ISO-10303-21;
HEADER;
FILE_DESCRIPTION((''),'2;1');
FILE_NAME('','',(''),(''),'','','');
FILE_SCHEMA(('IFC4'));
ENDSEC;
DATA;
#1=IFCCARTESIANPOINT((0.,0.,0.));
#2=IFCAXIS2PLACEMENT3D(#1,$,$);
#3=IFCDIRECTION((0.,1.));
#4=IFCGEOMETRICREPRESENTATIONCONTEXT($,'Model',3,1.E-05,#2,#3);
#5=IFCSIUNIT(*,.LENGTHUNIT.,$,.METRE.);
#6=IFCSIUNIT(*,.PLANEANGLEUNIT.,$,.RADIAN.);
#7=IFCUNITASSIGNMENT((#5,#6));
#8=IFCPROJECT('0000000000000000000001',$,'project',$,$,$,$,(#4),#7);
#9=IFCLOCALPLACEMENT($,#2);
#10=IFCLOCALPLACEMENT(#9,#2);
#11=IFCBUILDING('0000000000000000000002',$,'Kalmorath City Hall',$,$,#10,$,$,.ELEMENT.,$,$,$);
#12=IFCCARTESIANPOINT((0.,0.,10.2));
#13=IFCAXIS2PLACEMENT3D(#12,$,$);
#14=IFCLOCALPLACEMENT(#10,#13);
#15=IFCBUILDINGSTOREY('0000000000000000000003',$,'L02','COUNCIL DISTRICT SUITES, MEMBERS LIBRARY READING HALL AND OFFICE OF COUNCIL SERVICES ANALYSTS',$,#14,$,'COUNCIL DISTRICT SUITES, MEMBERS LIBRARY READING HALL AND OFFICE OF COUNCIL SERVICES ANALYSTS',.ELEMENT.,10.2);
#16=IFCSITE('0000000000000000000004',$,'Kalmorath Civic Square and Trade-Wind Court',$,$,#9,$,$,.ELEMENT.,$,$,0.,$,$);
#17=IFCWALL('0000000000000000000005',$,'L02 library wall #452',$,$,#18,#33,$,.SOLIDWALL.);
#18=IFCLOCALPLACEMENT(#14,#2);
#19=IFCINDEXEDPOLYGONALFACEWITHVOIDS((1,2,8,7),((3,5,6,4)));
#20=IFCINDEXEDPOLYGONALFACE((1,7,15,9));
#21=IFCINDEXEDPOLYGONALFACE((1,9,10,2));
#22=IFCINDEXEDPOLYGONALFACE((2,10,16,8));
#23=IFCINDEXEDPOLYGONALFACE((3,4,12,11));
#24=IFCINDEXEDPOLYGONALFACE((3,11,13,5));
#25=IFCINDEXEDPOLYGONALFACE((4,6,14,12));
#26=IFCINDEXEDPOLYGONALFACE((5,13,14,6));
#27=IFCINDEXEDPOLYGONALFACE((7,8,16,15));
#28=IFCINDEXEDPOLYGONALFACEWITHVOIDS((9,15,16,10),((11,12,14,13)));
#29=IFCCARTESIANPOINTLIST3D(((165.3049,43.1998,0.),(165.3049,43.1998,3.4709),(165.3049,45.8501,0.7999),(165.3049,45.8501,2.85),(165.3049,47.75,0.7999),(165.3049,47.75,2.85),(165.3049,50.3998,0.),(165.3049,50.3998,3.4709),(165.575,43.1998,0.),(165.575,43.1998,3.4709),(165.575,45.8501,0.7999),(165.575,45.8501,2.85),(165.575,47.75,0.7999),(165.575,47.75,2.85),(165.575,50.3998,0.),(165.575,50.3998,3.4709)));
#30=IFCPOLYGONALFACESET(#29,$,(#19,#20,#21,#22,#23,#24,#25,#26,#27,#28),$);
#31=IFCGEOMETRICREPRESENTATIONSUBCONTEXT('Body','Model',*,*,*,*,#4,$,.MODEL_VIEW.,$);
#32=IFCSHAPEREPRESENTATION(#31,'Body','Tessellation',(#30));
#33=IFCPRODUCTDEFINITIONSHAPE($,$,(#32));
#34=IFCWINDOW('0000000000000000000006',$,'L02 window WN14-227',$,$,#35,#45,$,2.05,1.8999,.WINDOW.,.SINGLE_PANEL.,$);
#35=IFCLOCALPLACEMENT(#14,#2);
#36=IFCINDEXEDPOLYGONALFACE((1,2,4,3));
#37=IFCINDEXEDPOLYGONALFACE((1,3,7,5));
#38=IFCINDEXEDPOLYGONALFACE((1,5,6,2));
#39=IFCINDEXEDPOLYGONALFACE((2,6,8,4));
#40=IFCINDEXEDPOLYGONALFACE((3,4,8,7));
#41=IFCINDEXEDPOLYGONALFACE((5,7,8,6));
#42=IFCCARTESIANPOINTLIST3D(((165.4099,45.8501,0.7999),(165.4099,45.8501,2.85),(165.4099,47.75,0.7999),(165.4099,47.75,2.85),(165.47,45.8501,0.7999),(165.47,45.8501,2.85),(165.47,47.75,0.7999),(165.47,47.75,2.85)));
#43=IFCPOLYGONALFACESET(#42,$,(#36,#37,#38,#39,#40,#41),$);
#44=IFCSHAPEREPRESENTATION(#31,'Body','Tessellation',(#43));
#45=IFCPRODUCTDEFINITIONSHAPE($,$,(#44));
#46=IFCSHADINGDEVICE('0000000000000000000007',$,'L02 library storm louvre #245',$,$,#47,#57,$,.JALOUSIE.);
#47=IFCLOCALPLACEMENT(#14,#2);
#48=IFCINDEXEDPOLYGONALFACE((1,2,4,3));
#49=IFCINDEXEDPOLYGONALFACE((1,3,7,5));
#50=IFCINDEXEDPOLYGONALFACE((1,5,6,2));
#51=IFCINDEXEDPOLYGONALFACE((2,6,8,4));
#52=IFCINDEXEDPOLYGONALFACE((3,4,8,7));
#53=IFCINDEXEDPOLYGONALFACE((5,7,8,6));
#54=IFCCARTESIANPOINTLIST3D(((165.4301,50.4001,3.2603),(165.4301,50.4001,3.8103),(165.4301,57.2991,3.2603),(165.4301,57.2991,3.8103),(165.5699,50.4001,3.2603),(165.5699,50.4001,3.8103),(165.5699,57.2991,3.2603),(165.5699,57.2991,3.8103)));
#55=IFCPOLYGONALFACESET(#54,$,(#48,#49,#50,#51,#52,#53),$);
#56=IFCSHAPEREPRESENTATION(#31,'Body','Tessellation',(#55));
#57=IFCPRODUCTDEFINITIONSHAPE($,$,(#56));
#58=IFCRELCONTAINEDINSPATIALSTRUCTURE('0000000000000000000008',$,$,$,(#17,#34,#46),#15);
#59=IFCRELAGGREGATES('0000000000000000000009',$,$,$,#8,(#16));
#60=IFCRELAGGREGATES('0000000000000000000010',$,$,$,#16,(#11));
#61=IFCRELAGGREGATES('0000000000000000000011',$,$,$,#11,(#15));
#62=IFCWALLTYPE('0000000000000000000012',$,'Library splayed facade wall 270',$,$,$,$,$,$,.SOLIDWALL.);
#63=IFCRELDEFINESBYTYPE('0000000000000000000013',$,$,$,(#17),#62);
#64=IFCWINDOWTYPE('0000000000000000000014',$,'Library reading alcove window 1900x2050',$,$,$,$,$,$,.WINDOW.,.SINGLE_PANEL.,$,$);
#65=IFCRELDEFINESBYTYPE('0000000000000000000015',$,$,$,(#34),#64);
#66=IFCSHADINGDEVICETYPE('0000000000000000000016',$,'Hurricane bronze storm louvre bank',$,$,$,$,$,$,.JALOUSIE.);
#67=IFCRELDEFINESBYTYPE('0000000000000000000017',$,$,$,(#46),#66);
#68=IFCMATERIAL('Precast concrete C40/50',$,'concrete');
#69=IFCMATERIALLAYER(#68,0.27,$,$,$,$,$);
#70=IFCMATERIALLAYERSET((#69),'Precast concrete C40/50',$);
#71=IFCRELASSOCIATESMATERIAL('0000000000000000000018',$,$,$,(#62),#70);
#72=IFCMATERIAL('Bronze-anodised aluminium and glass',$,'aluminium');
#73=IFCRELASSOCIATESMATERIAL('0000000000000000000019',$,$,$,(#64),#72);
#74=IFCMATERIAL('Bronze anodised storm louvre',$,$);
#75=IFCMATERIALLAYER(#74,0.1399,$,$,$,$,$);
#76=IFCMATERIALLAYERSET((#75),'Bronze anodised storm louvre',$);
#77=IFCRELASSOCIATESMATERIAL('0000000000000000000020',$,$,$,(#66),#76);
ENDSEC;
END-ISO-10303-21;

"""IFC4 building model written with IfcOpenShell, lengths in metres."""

from ifc_helpers import new_model, si_unit, direction, frame, frame_2d, origin, origin_2d, place, context, subcontext, project, spatial, rectangle, extrude, material, layer, layer_set, type_object, element, fill, save


model = new_model("IFC4")

# Units and contexts
model_context = context("Model", 3, precision=1e-05, world=origin(), true_north=direction((0.0, 1.0)))
body_context = subcontext(model_context, "Body", "Model", "MODEL_VIEW")
ifc_project = project(units=[si_unit("LENGTHUNIT", "METRE"), si_unit("PLANEANGLEUNIT", "RADIAN")], contexts=[model_context])

# Site, building, storey
site_placement = place(None, origin())
site = spatial("IfcSite", under=ifc_project, at=site_placement, Name="Kalmorath Civic Square and Trade-Wind Court", CompositionType="ELEMENT", RefElevation=0.0)
building_placement = place(site_placement, origin())
building = spatial("IfcBuilding", under=site, at=building_placement, Name="Kalmorath City Hall", CompositionType="ELEMENT")
storey_placement = place(building_placement, frame((0.0, 0.0, 10.2)))
storey = spatial("IfcBuildingStorey", under=building, at=storey_placement, Name="L02", Description="COUNCIL DISTRICT SUITES, MEMBERS LIBRARY READING HALL AND OFFICE OF COUNCIL SERVICES ANALYSTS", LongName="COUNCIL DISTRICT SUITES, MEMBERS LIBRARY READING HALL AND OFFICE OF COUNCIL SERVICES ANALYSTS", CompositionType="ELEMENT", Elevation=10.2)

# Wall, opening, window
ifc_material_1 = material(Name="Precast concrete C40/50", Category="concrete")
ifc_layer_1 = layer(ifc_material_1, 0.27)
ifc_layer_set_1 = layer_set([ifc_layer_1], Name="Precast concrete C40/50")
wall_type = type_object("IfcWallType", Name="Library splayed facade wall 270", PredefinedType="SOLIDWALL", material=ifc_layer_set_1)
wall_placement = place(storey_placement, frame((165.4399, 50.3999, 0.0), z_axis=(0.0, 0.0, 1.0), x_axis=(0.0, -1.0, 0.0)))
wall = element("IfcWall", 1, at=wall_placement, inside=storey, type_object=wall_type, Name="L02 library wall #452", PredefinedType="SOLIDWALL", context=body_context, shape_type="SweptSolid", body=[
    extrude(rectangle(XDim=7.2, YDim=0.27, at=frame_2d((3.6001, 0.0))), origin(), (0.0, 0.0, 1.0), 3.4709),
])
opening_placement = place(wall_placement, frame((2.6499, 0.0, 0.8)))
opening = element("IfcOpeningElement", 2, at=opening_placement, cuts=wall, PredefinedType="OPENING", context=body_context, shape_type="SweptSolid", body=[
    extrude(rectangle(XDim=1.8999, YDim=2.05, at=frame_2d((0.95, 1.0249))), frame((0.0, 0.145, 0.0), z_axis=(0.0, -1.0, 0.0), x_axis=(1.0, 0.0, 0.0)), (0.0, 0.0, 1.0), 0.29),
])
ifc_material_2 = material(Name="Bronze-anodised aluminium and glass", Category="aluminium")
window_type = type_object("IfcWindowType", Name="Library reading alcove window 1900x2050", PartitioningType="SINGLE_PANEL", PredefinedType="WINDOW", material=ifc_material_2)
window_placement = place(opening_placement, origin())
window = element("IfcWindow", 3, at=window_placement, inside=storey, type_object=window_type, Name="L02 window WN14-227", OverallHeight=2.05, OverallWidth=1.8999, PartitioningType="SINGLE_PANEL", PredefinedType="WINDOW", context=body_context, shape_type="SweptSolid", body=[
    extrude(rectangle(XDim=1.8999, YDim=2.05, at=frame_2d((0.95, 1.0249))), frame((0.0, 0.03, 0.0), z_axis=(0.0, -1.0, 0.0), x_axis=(1.0, 0.0, 0.0)), (0.0, 0.0, 1.0), 0.0601),
])
fill(opening, window)

# Shading device
ifc_material_3 = material(Name="Bronze anodised storm louvre")
ifc_layer_2 = layer(ifc_material_3, 0.1399)
ifc_layer_set_2 = layer_set([ifc_layer_2], Name="Bronze anodised storm louvre")
shading_device_type = type_object("IfcShadingDeviceType", Name="Hurricane bronze storm louvre bank", PredefinedType="JALOUSIE", material=ifc_layer_set_2)
shading_device_placement = place(storey_placement, frame((165.5, 53.8496, 3.2603), z_axis=(0.0, 0.0, 1.0), x_axis=(0.0, -1.0, 0.0)))
element("IfcShadingDevice", 4, at=shading_device_placement, inside=storey, type_object=shading_device_type, Name="L02 library storm louvre #245", PredefinedType="JALOUSIE", context=body_context, shape_type="SweptSolid", body=[
    extrude(rectangle(XDim=6.8989, YDim=0.1399, at=origin_2d()), origin(), (0.0, 0.0, 1.0), 0.55),
])

save(model, "model.ifc")
